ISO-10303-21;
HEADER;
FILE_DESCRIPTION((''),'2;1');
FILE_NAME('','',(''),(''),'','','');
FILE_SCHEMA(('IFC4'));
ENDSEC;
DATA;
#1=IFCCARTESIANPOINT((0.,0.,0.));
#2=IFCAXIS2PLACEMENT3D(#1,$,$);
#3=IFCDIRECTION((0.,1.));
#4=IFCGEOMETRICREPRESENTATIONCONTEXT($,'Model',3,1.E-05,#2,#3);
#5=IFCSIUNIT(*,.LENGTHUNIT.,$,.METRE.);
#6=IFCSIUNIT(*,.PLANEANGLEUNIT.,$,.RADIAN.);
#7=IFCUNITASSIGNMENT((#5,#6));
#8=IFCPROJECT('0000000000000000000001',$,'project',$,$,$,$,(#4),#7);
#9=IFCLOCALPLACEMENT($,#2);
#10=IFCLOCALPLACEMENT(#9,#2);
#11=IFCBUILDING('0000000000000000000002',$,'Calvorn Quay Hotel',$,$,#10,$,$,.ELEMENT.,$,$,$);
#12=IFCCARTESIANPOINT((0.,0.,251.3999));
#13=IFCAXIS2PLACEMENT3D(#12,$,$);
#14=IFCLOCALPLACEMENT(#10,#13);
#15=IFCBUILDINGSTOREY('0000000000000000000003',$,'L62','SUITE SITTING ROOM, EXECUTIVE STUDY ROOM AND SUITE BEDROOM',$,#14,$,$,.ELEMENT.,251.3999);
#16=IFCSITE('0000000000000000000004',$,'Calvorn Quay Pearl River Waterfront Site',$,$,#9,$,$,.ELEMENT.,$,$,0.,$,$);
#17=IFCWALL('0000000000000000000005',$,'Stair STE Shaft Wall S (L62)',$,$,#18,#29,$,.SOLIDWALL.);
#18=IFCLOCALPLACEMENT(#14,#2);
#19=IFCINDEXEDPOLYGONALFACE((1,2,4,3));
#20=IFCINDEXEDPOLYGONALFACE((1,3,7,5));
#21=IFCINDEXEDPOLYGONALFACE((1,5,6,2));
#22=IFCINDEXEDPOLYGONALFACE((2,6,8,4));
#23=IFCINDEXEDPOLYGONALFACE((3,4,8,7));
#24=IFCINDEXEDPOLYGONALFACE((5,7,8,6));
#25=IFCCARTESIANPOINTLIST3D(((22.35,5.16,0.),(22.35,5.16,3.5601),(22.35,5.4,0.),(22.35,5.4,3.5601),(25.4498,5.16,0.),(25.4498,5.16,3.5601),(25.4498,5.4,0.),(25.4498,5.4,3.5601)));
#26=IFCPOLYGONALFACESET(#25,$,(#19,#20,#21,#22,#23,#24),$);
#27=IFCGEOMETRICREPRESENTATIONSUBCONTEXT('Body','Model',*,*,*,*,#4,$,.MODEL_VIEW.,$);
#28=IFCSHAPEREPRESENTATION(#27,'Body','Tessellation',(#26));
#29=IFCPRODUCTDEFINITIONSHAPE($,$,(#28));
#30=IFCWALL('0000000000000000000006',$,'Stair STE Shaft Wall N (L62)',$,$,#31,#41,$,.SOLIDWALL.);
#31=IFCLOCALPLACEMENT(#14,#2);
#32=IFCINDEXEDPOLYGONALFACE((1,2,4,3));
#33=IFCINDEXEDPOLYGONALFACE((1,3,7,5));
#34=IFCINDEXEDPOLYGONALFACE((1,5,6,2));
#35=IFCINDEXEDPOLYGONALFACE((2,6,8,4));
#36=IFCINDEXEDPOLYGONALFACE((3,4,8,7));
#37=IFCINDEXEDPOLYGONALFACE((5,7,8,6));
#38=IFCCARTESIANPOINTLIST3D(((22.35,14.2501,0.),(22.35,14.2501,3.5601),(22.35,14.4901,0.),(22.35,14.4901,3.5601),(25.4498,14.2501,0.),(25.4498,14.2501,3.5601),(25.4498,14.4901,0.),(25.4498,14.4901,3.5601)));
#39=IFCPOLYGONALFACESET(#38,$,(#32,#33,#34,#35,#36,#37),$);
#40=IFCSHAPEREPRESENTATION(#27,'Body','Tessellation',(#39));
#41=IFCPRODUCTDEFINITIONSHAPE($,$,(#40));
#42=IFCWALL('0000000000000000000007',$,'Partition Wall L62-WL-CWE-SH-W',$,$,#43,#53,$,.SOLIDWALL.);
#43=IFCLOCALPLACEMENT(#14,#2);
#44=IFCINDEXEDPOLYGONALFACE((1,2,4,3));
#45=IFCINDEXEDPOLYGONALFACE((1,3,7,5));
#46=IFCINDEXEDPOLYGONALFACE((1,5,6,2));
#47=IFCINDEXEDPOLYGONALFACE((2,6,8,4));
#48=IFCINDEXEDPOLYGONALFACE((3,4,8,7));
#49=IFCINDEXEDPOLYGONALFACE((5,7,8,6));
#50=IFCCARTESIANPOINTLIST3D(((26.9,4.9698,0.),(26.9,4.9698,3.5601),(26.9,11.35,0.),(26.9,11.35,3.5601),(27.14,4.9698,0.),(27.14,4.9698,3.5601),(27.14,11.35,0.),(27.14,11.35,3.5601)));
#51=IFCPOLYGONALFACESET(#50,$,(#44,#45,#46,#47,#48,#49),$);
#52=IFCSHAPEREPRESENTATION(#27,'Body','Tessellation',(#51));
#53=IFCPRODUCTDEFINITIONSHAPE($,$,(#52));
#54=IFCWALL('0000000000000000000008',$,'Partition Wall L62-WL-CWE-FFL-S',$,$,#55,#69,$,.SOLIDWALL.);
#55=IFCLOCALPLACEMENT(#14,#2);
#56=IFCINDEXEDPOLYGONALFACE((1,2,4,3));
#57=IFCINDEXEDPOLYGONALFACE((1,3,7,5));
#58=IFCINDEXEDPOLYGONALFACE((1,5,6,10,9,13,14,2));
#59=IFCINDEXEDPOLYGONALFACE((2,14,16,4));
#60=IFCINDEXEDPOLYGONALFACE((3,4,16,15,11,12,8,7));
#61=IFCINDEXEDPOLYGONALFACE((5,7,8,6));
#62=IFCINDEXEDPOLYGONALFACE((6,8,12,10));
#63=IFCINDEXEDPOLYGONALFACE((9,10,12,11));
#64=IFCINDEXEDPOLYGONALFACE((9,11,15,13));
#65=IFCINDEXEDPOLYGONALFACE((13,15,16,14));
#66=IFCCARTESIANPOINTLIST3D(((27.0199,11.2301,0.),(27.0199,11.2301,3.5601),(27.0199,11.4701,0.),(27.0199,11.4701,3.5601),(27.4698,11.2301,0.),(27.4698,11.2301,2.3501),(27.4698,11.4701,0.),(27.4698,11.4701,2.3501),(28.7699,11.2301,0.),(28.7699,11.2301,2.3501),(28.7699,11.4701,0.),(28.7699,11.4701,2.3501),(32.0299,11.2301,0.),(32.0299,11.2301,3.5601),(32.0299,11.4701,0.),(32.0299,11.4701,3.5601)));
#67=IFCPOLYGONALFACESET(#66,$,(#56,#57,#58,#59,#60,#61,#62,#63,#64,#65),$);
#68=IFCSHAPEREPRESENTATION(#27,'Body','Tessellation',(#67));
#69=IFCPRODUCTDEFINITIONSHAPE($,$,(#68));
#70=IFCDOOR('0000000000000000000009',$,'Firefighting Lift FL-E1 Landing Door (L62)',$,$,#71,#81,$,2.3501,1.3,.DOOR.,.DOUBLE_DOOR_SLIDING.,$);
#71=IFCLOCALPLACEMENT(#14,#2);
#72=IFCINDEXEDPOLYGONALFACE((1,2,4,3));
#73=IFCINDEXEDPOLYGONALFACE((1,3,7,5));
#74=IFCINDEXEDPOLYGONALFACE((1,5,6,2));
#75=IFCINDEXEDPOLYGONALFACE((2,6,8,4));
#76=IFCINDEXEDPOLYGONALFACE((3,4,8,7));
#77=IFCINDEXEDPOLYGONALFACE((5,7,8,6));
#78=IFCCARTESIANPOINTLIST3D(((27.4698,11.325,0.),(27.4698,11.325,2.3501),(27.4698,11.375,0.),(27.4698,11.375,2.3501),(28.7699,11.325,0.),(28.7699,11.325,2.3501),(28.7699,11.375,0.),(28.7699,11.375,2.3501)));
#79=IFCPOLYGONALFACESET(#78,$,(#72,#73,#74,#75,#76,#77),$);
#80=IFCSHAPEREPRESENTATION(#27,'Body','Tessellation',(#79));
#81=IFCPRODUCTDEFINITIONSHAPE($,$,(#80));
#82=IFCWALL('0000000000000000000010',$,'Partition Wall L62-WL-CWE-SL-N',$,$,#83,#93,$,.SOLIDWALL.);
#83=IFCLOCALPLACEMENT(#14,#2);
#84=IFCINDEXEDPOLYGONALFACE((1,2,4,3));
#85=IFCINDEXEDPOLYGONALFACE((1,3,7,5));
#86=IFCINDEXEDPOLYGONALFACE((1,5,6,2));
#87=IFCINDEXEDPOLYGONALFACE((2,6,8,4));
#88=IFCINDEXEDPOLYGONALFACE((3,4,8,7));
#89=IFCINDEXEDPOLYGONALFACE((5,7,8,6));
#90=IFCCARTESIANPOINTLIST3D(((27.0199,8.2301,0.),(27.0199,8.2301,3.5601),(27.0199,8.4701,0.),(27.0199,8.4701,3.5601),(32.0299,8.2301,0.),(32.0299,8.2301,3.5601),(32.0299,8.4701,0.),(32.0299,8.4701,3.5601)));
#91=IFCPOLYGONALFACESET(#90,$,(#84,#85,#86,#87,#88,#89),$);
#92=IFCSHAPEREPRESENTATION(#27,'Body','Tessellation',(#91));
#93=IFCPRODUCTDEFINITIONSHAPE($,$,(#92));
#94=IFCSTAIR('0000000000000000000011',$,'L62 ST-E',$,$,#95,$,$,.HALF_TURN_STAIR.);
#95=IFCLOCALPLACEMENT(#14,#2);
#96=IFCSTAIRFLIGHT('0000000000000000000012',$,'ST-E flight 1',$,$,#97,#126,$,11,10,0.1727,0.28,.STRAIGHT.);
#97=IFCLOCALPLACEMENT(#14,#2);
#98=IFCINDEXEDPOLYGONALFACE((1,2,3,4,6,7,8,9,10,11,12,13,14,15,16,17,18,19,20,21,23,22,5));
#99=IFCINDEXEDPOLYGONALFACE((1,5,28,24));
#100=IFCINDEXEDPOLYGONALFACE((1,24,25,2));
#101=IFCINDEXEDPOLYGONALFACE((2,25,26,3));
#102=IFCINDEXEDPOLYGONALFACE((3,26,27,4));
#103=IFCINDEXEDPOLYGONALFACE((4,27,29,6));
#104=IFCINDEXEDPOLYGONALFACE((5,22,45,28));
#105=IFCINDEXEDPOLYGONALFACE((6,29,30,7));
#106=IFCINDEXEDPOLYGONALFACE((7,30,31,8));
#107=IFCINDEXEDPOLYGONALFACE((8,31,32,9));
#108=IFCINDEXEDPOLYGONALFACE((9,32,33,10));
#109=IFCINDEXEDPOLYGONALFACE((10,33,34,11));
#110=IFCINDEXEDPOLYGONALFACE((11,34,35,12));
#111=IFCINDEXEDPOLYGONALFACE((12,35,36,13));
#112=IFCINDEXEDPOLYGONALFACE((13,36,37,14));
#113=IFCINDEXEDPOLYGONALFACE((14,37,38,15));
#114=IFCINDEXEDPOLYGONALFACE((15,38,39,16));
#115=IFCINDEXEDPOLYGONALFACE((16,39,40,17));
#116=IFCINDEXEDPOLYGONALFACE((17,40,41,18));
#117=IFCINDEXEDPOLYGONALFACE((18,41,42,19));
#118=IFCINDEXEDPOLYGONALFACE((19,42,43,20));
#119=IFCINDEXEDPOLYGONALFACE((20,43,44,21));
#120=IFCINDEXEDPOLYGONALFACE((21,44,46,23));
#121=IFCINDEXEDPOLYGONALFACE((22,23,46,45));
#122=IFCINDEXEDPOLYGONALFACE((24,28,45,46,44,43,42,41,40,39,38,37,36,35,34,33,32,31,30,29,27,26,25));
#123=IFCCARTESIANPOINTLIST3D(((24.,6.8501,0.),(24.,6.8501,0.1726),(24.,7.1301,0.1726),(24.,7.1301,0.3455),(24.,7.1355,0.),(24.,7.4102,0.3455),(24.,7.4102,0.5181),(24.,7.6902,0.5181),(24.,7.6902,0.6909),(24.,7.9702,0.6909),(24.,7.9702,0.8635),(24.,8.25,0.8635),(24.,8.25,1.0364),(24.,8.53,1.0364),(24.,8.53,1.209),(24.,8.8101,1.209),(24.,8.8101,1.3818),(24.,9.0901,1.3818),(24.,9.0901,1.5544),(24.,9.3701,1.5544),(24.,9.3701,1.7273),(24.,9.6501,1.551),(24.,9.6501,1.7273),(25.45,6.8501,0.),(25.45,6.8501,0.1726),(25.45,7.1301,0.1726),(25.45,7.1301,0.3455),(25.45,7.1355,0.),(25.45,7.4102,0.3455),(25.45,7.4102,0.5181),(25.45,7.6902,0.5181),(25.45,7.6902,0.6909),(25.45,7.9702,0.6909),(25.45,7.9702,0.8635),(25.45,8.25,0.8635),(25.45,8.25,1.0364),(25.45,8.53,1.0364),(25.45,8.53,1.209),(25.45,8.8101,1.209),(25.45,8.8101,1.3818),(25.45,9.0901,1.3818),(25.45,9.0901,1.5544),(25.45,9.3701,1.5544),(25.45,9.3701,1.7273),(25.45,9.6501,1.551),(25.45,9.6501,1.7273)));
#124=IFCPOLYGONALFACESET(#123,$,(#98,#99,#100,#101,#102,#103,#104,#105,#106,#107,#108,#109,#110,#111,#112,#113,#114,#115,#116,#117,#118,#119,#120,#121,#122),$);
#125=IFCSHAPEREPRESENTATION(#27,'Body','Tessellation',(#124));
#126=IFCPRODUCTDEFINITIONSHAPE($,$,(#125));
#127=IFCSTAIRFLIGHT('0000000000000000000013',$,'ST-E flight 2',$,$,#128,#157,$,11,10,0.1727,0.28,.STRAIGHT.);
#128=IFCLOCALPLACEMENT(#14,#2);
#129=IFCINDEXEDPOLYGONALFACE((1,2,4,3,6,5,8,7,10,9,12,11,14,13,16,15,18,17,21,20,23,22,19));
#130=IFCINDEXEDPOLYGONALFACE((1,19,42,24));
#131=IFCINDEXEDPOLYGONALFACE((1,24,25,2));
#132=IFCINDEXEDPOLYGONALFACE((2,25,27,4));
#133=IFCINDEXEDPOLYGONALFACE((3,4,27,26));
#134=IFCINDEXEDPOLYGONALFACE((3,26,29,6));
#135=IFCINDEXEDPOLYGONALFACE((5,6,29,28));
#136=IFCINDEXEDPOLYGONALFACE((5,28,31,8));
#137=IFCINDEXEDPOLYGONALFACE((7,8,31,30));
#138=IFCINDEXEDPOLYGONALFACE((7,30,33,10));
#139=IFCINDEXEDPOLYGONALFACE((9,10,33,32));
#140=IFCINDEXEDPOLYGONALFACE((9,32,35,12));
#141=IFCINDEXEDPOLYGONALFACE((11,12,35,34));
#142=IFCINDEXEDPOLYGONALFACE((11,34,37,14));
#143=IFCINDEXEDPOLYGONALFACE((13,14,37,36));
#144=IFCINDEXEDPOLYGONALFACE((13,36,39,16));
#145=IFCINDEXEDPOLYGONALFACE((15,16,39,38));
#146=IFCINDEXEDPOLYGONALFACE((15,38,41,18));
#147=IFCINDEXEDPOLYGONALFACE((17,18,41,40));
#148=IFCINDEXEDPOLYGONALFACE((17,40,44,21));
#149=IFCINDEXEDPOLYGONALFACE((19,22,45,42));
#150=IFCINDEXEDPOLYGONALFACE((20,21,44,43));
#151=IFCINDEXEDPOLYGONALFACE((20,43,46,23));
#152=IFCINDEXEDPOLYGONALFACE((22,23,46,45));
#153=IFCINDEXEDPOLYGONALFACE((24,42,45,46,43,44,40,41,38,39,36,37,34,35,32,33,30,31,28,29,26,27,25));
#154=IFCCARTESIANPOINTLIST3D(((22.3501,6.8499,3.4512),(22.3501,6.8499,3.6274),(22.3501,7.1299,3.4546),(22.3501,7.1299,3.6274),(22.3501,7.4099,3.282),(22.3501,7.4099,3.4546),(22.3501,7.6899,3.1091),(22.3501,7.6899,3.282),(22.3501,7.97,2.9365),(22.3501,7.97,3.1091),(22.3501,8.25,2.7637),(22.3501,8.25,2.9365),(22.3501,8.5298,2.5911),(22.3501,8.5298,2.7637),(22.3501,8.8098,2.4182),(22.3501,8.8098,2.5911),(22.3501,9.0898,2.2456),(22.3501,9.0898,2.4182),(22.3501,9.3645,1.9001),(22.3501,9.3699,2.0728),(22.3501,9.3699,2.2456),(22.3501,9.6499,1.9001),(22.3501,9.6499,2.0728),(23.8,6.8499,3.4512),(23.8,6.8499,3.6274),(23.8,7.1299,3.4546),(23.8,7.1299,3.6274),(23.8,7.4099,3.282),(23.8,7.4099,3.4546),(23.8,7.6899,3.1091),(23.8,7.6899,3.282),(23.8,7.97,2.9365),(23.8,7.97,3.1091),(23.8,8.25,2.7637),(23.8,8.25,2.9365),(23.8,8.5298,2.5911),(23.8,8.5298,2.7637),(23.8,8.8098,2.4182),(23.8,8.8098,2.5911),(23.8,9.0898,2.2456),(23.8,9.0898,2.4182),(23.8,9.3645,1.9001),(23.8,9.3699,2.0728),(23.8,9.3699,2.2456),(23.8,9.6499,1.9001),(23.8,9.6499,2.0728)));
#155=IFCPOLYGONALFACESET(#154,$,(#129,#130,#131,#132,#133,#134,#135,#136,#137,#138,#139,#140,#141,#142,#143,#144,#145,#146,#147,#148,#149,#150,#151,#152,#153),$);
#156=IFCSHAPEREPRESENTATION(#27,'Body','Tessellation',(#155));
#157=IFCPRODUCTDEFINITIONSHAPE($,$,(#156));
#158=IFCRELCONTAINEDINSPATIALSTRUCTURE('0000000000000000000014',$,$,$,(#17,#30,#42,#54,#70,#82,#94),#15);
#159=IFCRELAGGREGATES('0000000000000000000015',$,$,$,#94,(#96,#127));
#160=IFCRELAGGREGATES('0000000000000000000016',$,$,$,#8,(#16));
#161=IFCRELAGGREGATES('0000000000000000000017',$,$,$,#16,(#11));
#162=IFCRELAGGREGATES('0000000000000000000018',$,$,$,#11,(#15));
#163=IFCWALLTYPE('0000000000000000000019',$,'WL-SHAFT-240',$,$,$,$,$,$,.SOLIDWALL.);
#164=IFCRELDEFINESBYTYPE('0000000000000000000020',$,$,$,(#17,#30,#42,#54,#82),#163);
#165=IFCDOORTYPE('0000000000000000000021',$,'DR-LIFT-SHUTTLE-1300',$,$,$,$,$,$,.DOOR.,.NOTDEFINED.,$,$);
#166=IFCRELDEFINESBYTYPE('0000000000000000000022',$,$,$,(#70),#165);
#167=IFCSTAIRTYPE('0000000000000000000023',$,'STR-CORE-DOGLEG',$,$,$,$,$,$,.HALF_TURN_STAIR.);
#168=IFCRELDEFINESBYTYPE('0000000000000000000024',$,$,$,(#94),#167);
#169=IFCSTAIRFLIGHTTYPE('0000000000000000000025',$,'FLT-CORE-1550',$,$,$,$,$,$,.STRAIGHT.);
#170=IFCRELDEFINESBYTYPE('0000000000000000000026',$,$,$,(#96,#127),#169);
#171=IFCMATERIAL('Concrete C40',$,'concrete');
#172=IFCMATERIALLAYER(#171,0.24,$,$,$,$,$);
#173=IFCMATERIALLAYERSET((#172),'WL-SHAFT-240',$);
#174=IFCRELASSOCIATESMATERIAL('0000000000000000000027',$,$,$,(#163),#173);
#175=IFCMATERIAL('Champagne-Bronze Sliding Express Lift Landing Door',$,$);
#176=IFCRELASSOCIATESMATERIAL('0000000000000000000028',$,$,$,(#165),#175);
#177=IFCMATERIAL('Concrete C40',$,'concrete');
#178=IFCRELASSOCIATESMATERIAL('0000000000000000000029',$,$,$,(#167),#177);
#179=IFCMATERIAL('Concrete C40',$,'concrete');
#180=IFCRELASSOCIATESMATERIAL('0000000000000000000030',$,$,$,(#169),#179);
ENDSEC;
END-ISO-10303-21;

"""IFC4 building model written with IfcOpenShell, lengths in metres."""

from ifc_helpers import new_model, si_unit, direction, frame, frame_2d, origin, place, context, subcontext, project, spatial, polyline, rectangle, outline, extrude, material, layer, layer_set, type_object, element, fill, aggregate, save


model = new_model("IFC4")

# Units and contexts
model_context = context("Model", 3, precision=1e-05, world=origin(), true_north=direction((0.0, 1.0)))
body_context = subcontext(model_context, "Body", "Model", "MODEL_VIEW")
ifc_project = project(units=[si_unit("LENGTHUNIT", "METRE"), si_unit("PLANEANGLEUNIT", "RADIAN")], contexts=[model_context])

# Site, building, storey
site_placement = place(None, origin())
site = spatial("IfcSite", under=ifc_project, at=site_placement, Name="Calvorn Quay Pearl River Waterfront Site", CompositionType="ELEMENT", RefElevation=0.0)
building_placement = place(site_placement, origin())
building = spatial("IfcBuilding", under=site, at=building_placement, Name="Calvorn Quay Hotel", CompositionType="ELEMENT")
storey_placement = place(building_placement, frame((0.0, 0.0, 251.3999)))
storey = spatial("IfcBuildingStorey", under=building, at=storey_placement, Name="L62", Description="SUITE SITTING ROOM, EXECUTIVE STUDY ROOM AND SUITE BEDROOM", CompositionType="ELEMENT", Elevation=251.3999)

# Shared definitions
ifc_material_1 = material(Name="Concrete C40", Category="concrete")
ifc_layer_1 = layer(ifc_material_1, 0.24)
ifc_layer_set_1 = layer_set([ifc_layer_1], Name="WL-SHAFT-240")
wall_type_1 = type_object("IfcWallType", Name="WL-SHAFT-240", PredefinedType="SOLIDWALL", material=ifc_layer_set_1)

# Walls
for number, where, z_axis, x_axis, name in (
    (1, (22.3501, 5.28, 0.0), (0.0, 0.0, 1.0), (1.0, 0.0, 0.0), "Stair STE Shaft Wall S (L62)"),
    (2, (22.3501, 14.3701, 0.0), (0.0, 0.0, 1.0), (1.0, 0.0, 0.0), "Stair STE Shaft Wall N (L62)"),
):
    element("IfcWall", number, at=place(storey_placement, frame(where, z_axis=z_axis, x_axis=x_axis)), inside=storey, type_object=wall_type_1, Name=name, PredefinedType="SOLIDWALL", context=body_context, shape_type="SweptSolid", body=[
        extrude(rectangle(XDim=3.0999, YDim=0.24, at=frame_2d((1.5498, 0.0))), origin(), (0.0, 0.0, 1.0), 3.5601),
    ])
wall_1_placement = place(storey_placement, frame((27.02, 4.97, 0.0), z_axis=(0.0, 0.0, 1.0), x_axis=(0.0, 1.0, 0.0)))
element("IfcWall", 3, at=wall_1_placement, inside=storey, type_object=wall_type_1, Name="Partition Wall L62-WL-CWE-SH-W", PredefinedType="SOLIDWALL", context=body_context, shape_type="SweptSolid", body=[
    extrude(rectangle(XDim=6.3801, YDim=0.24, at=frame_2d((3.1899, 0.0))), origin(), (0.0, 0.0, 1.0), 3.5601),
])

# Wall, opening, door
wall_2_placement = place(storey_placement, frame((27.02, 11.3501, 0.0), z_axis=(0.0, 0.0, 1.0), x_axis=(1.0, 0.0, 0.0)))
wall_2 = element("IfcWall", 4, at=wall_2_placement, inside=storey, type_object=wall_type_1, Name="Partition Wall L62-WL-CWE-FFL-S", PredefinedType="SOLIDWALL", context=body_context, shape_type="SweptSolid", body=[
    extrude(rectangle(XDim=5.01, YDim=0.24, at=frame_2d((2.5049, 0.0))), origin(), (0.0, 0.0, 1.0), 3.5601),
])
opening_1_placement = place(wall_2_placement, frame((0.45, 0.0, 0.0)))
opening_1 = element("IfcOpeningElement", 5, at=opening_1_placement, cuts=wall_2, PredefinedType="OPENING", context=body_context, shape_type="SweptSolid", body=[
    extrude(rectangle(XDim=1.3, YDim=2.3501, at=frame_2d((0.6499, 1.175))), frame((0.0, 0.1299, 0.0), z_axis=(0.0, -1.0, 0.0), x_axis=(1.0, 0.0, 0.0)), (0.0, 0.0, 1.0), 0.26),
])
ifc_material_2 = material(Name="Champagne-Bronze Sliding Express Lift Landing Door")
door_type_1 = type_object("IfcDoorType", Name="DR-LIFT-SHUTTLE-1300", OperationType="NOTDEFINED", PredefinedType="DOOR", material=ifc_material_2)
door_1_placement = place(opening_1_placement, origin())
door_1 = element("IfcDoor", 6, at=door_1_placement, inside=storey, type_object=door_type_1, Name="Firefighting Lift FL-E1 Landing Door (L62)", OperationType="DOUBLE_DOOR_SLIDING", OverallHeight=2.3501, OverallWidth=1.3, PredefinedType="DOOR", context=body_context, shape_type="SweptSolid", body=[
    extrude(rectangle(XDim=1.3, YDim=2.3501, at=frame_2d((0.6499, 1.175))), frame((0.0, 0.0249, 0.0), z_axis=(0.0, -1.0, 0.0), x_axis=(1.0, 0.0, 0.0)), (0.0, 0.0, 1.0), 0.05),
])
fill(opening_1, door_1)

# Wall
wall_3_placement = place(storey_placement, frame((27.02, 8.3501, 0.0), z_axis=(0.0, 0.0, 1.0), x_axis=(1.0, 0.0, 0.0)))
element("IfcWall", 7, at=wall_3_placement, inside=storey, type_object=wall_type_1, Name="Partition Wall L62-WL-CWE-SL-N", PredefinedType="SOLIDWALL", context=body_context, shape_type="SweptSolid", body=[
    extrude(rectangle(XDim=5.01, YDim=0.24, at=frame_2d((2.5049, 0.0))), origin(), (0.0, 0.0, 1.0), 3.5601),
])

# Stair, stair flights
ifc_material_3 = material(Name="Concrete C40", Category="concrete")
stair_type = type_object("IfcStairType", Name="STR-CORE-DOGLEG", PredefinedType="HALF_TURN_STAIR", material=ifc_material_3)
stair_placement = place(storey_placement, origin())
stair = element("IfcStair", 8, at=stair_placement, inside=storey, type_object=stair_type, Name="L62 ST-E", PredefinedType="HALF_TURN_STAIR")
ifc_material_4 = material(Name="Concrete C40", Category="concrete")
stair_flight_type = type_object("IfcStairFlightType", Name="FLT-CORE-1550", PredefinedType="STRAIGHT", material=ifc_material_4)
stair_flight_1_placement = place(storey_placement, frame((24.7251, 6.8501, 0.0), z_axis=(0.0, 0.0, 1.0), x_axis=(0.0, 1.0, 0.0)))
stair_flight_1 = element("IfcStairFlight", 9, at=stair_flight_1_placement, type_object=stair_flight_type, Name="ST-E flight 1", NumberOfRisers=11, NumberOfTreads=10, PredefinedType="STRAIGHT", RiserHeight=0.1727, TreadLength=0.28, context=body_context, shape_type="SweptSolid", body=[
    extrude(outline(polyline([(0.0, 0.0), (0.0, 0.1726), (0.28, 0.1726), (0.28, 0.3455), (0.5601, 0.3455), (0.5601, 0.5181), (0.8401, 0.5181), (0.8401, 0.6909), (1.1201, 0.6909), (1.1201, 0.8635), (1.3999, 0.8635), (1.3999, 1.0364), (1.6799, 1.0364), (1.6799, 1.209), (1.96, 1.209), (1.96, 1.3818), (2.24, 1.3818), (2.24, 1.5544), (2.52, 1.5544), (2.52, 1.7273), (2.8, 1.7273), (2.8, 1.8999), (2.8, 1.551), (0.2854, 0.0), (0.0, 0.0)])), frame((0.0, 0.7251, 0.0), z_axis=(0.0, -1.0, 0.0), x_axis=(1.0, 0.0, 0.0)), (0.0, 0.0, 1.0), 1.45),
])
stair_flight_2_placement = place(storey_placement, frame((23.075, 9.6499, 1.9001), z_axis=(0.0, 0.0, 1.0), x_axis=(0.0, -1.0, 0.0)))
stair_flight_2 = element("IfcStairFlight", 10, at=stair_flight_2_placement, type_object=stair_flight_type, Name="ST-E flight 2", NumberOfRisers=11, NumberOfTreads=10, PredefinedType="STRAIGHT", RiserHeight=0.1727, TreadLength=0.28, context=body_context, shape_type="SweptSolid", body=[
    extrude(outline(polyline([(0.0, 0.0), (0.0, 0.1726), (0.28, 0.1726), (0.28, 0.3455), (0.5601, 0.3455), (0.5601, 0.5181), (0.8401, 0.5181), (0.8401, 0.6909), (1.1201, 0.6909), (1.1201, 0.8635), (1.3999, 0.8635), (1.3999, 1.0364), (1.6799, 1.0364), (1.6799, 1.209), (1.96, 1.209), (1.96, 1.3818), (2.24, 1.3818), (2.24, 1.5544), (2.52, 1.5544), (2.52, 1.7273), (2.8, 1.7273), (2.8, 1.8999), (2.8, 1.551), (0.2854, 0.0), (0.0, 0.0)])), frame((0.0, 0.7251, 0.0), z_axis=(0.0, -1.0, 0.0), x_axis=(1.0, 0.0, 0.0)), (0.0, 0.0, 1.0), 1.45),
])
aggregate(stair, [stair_flight_1, stair_flight_2])

save(model, "model.ifc")
